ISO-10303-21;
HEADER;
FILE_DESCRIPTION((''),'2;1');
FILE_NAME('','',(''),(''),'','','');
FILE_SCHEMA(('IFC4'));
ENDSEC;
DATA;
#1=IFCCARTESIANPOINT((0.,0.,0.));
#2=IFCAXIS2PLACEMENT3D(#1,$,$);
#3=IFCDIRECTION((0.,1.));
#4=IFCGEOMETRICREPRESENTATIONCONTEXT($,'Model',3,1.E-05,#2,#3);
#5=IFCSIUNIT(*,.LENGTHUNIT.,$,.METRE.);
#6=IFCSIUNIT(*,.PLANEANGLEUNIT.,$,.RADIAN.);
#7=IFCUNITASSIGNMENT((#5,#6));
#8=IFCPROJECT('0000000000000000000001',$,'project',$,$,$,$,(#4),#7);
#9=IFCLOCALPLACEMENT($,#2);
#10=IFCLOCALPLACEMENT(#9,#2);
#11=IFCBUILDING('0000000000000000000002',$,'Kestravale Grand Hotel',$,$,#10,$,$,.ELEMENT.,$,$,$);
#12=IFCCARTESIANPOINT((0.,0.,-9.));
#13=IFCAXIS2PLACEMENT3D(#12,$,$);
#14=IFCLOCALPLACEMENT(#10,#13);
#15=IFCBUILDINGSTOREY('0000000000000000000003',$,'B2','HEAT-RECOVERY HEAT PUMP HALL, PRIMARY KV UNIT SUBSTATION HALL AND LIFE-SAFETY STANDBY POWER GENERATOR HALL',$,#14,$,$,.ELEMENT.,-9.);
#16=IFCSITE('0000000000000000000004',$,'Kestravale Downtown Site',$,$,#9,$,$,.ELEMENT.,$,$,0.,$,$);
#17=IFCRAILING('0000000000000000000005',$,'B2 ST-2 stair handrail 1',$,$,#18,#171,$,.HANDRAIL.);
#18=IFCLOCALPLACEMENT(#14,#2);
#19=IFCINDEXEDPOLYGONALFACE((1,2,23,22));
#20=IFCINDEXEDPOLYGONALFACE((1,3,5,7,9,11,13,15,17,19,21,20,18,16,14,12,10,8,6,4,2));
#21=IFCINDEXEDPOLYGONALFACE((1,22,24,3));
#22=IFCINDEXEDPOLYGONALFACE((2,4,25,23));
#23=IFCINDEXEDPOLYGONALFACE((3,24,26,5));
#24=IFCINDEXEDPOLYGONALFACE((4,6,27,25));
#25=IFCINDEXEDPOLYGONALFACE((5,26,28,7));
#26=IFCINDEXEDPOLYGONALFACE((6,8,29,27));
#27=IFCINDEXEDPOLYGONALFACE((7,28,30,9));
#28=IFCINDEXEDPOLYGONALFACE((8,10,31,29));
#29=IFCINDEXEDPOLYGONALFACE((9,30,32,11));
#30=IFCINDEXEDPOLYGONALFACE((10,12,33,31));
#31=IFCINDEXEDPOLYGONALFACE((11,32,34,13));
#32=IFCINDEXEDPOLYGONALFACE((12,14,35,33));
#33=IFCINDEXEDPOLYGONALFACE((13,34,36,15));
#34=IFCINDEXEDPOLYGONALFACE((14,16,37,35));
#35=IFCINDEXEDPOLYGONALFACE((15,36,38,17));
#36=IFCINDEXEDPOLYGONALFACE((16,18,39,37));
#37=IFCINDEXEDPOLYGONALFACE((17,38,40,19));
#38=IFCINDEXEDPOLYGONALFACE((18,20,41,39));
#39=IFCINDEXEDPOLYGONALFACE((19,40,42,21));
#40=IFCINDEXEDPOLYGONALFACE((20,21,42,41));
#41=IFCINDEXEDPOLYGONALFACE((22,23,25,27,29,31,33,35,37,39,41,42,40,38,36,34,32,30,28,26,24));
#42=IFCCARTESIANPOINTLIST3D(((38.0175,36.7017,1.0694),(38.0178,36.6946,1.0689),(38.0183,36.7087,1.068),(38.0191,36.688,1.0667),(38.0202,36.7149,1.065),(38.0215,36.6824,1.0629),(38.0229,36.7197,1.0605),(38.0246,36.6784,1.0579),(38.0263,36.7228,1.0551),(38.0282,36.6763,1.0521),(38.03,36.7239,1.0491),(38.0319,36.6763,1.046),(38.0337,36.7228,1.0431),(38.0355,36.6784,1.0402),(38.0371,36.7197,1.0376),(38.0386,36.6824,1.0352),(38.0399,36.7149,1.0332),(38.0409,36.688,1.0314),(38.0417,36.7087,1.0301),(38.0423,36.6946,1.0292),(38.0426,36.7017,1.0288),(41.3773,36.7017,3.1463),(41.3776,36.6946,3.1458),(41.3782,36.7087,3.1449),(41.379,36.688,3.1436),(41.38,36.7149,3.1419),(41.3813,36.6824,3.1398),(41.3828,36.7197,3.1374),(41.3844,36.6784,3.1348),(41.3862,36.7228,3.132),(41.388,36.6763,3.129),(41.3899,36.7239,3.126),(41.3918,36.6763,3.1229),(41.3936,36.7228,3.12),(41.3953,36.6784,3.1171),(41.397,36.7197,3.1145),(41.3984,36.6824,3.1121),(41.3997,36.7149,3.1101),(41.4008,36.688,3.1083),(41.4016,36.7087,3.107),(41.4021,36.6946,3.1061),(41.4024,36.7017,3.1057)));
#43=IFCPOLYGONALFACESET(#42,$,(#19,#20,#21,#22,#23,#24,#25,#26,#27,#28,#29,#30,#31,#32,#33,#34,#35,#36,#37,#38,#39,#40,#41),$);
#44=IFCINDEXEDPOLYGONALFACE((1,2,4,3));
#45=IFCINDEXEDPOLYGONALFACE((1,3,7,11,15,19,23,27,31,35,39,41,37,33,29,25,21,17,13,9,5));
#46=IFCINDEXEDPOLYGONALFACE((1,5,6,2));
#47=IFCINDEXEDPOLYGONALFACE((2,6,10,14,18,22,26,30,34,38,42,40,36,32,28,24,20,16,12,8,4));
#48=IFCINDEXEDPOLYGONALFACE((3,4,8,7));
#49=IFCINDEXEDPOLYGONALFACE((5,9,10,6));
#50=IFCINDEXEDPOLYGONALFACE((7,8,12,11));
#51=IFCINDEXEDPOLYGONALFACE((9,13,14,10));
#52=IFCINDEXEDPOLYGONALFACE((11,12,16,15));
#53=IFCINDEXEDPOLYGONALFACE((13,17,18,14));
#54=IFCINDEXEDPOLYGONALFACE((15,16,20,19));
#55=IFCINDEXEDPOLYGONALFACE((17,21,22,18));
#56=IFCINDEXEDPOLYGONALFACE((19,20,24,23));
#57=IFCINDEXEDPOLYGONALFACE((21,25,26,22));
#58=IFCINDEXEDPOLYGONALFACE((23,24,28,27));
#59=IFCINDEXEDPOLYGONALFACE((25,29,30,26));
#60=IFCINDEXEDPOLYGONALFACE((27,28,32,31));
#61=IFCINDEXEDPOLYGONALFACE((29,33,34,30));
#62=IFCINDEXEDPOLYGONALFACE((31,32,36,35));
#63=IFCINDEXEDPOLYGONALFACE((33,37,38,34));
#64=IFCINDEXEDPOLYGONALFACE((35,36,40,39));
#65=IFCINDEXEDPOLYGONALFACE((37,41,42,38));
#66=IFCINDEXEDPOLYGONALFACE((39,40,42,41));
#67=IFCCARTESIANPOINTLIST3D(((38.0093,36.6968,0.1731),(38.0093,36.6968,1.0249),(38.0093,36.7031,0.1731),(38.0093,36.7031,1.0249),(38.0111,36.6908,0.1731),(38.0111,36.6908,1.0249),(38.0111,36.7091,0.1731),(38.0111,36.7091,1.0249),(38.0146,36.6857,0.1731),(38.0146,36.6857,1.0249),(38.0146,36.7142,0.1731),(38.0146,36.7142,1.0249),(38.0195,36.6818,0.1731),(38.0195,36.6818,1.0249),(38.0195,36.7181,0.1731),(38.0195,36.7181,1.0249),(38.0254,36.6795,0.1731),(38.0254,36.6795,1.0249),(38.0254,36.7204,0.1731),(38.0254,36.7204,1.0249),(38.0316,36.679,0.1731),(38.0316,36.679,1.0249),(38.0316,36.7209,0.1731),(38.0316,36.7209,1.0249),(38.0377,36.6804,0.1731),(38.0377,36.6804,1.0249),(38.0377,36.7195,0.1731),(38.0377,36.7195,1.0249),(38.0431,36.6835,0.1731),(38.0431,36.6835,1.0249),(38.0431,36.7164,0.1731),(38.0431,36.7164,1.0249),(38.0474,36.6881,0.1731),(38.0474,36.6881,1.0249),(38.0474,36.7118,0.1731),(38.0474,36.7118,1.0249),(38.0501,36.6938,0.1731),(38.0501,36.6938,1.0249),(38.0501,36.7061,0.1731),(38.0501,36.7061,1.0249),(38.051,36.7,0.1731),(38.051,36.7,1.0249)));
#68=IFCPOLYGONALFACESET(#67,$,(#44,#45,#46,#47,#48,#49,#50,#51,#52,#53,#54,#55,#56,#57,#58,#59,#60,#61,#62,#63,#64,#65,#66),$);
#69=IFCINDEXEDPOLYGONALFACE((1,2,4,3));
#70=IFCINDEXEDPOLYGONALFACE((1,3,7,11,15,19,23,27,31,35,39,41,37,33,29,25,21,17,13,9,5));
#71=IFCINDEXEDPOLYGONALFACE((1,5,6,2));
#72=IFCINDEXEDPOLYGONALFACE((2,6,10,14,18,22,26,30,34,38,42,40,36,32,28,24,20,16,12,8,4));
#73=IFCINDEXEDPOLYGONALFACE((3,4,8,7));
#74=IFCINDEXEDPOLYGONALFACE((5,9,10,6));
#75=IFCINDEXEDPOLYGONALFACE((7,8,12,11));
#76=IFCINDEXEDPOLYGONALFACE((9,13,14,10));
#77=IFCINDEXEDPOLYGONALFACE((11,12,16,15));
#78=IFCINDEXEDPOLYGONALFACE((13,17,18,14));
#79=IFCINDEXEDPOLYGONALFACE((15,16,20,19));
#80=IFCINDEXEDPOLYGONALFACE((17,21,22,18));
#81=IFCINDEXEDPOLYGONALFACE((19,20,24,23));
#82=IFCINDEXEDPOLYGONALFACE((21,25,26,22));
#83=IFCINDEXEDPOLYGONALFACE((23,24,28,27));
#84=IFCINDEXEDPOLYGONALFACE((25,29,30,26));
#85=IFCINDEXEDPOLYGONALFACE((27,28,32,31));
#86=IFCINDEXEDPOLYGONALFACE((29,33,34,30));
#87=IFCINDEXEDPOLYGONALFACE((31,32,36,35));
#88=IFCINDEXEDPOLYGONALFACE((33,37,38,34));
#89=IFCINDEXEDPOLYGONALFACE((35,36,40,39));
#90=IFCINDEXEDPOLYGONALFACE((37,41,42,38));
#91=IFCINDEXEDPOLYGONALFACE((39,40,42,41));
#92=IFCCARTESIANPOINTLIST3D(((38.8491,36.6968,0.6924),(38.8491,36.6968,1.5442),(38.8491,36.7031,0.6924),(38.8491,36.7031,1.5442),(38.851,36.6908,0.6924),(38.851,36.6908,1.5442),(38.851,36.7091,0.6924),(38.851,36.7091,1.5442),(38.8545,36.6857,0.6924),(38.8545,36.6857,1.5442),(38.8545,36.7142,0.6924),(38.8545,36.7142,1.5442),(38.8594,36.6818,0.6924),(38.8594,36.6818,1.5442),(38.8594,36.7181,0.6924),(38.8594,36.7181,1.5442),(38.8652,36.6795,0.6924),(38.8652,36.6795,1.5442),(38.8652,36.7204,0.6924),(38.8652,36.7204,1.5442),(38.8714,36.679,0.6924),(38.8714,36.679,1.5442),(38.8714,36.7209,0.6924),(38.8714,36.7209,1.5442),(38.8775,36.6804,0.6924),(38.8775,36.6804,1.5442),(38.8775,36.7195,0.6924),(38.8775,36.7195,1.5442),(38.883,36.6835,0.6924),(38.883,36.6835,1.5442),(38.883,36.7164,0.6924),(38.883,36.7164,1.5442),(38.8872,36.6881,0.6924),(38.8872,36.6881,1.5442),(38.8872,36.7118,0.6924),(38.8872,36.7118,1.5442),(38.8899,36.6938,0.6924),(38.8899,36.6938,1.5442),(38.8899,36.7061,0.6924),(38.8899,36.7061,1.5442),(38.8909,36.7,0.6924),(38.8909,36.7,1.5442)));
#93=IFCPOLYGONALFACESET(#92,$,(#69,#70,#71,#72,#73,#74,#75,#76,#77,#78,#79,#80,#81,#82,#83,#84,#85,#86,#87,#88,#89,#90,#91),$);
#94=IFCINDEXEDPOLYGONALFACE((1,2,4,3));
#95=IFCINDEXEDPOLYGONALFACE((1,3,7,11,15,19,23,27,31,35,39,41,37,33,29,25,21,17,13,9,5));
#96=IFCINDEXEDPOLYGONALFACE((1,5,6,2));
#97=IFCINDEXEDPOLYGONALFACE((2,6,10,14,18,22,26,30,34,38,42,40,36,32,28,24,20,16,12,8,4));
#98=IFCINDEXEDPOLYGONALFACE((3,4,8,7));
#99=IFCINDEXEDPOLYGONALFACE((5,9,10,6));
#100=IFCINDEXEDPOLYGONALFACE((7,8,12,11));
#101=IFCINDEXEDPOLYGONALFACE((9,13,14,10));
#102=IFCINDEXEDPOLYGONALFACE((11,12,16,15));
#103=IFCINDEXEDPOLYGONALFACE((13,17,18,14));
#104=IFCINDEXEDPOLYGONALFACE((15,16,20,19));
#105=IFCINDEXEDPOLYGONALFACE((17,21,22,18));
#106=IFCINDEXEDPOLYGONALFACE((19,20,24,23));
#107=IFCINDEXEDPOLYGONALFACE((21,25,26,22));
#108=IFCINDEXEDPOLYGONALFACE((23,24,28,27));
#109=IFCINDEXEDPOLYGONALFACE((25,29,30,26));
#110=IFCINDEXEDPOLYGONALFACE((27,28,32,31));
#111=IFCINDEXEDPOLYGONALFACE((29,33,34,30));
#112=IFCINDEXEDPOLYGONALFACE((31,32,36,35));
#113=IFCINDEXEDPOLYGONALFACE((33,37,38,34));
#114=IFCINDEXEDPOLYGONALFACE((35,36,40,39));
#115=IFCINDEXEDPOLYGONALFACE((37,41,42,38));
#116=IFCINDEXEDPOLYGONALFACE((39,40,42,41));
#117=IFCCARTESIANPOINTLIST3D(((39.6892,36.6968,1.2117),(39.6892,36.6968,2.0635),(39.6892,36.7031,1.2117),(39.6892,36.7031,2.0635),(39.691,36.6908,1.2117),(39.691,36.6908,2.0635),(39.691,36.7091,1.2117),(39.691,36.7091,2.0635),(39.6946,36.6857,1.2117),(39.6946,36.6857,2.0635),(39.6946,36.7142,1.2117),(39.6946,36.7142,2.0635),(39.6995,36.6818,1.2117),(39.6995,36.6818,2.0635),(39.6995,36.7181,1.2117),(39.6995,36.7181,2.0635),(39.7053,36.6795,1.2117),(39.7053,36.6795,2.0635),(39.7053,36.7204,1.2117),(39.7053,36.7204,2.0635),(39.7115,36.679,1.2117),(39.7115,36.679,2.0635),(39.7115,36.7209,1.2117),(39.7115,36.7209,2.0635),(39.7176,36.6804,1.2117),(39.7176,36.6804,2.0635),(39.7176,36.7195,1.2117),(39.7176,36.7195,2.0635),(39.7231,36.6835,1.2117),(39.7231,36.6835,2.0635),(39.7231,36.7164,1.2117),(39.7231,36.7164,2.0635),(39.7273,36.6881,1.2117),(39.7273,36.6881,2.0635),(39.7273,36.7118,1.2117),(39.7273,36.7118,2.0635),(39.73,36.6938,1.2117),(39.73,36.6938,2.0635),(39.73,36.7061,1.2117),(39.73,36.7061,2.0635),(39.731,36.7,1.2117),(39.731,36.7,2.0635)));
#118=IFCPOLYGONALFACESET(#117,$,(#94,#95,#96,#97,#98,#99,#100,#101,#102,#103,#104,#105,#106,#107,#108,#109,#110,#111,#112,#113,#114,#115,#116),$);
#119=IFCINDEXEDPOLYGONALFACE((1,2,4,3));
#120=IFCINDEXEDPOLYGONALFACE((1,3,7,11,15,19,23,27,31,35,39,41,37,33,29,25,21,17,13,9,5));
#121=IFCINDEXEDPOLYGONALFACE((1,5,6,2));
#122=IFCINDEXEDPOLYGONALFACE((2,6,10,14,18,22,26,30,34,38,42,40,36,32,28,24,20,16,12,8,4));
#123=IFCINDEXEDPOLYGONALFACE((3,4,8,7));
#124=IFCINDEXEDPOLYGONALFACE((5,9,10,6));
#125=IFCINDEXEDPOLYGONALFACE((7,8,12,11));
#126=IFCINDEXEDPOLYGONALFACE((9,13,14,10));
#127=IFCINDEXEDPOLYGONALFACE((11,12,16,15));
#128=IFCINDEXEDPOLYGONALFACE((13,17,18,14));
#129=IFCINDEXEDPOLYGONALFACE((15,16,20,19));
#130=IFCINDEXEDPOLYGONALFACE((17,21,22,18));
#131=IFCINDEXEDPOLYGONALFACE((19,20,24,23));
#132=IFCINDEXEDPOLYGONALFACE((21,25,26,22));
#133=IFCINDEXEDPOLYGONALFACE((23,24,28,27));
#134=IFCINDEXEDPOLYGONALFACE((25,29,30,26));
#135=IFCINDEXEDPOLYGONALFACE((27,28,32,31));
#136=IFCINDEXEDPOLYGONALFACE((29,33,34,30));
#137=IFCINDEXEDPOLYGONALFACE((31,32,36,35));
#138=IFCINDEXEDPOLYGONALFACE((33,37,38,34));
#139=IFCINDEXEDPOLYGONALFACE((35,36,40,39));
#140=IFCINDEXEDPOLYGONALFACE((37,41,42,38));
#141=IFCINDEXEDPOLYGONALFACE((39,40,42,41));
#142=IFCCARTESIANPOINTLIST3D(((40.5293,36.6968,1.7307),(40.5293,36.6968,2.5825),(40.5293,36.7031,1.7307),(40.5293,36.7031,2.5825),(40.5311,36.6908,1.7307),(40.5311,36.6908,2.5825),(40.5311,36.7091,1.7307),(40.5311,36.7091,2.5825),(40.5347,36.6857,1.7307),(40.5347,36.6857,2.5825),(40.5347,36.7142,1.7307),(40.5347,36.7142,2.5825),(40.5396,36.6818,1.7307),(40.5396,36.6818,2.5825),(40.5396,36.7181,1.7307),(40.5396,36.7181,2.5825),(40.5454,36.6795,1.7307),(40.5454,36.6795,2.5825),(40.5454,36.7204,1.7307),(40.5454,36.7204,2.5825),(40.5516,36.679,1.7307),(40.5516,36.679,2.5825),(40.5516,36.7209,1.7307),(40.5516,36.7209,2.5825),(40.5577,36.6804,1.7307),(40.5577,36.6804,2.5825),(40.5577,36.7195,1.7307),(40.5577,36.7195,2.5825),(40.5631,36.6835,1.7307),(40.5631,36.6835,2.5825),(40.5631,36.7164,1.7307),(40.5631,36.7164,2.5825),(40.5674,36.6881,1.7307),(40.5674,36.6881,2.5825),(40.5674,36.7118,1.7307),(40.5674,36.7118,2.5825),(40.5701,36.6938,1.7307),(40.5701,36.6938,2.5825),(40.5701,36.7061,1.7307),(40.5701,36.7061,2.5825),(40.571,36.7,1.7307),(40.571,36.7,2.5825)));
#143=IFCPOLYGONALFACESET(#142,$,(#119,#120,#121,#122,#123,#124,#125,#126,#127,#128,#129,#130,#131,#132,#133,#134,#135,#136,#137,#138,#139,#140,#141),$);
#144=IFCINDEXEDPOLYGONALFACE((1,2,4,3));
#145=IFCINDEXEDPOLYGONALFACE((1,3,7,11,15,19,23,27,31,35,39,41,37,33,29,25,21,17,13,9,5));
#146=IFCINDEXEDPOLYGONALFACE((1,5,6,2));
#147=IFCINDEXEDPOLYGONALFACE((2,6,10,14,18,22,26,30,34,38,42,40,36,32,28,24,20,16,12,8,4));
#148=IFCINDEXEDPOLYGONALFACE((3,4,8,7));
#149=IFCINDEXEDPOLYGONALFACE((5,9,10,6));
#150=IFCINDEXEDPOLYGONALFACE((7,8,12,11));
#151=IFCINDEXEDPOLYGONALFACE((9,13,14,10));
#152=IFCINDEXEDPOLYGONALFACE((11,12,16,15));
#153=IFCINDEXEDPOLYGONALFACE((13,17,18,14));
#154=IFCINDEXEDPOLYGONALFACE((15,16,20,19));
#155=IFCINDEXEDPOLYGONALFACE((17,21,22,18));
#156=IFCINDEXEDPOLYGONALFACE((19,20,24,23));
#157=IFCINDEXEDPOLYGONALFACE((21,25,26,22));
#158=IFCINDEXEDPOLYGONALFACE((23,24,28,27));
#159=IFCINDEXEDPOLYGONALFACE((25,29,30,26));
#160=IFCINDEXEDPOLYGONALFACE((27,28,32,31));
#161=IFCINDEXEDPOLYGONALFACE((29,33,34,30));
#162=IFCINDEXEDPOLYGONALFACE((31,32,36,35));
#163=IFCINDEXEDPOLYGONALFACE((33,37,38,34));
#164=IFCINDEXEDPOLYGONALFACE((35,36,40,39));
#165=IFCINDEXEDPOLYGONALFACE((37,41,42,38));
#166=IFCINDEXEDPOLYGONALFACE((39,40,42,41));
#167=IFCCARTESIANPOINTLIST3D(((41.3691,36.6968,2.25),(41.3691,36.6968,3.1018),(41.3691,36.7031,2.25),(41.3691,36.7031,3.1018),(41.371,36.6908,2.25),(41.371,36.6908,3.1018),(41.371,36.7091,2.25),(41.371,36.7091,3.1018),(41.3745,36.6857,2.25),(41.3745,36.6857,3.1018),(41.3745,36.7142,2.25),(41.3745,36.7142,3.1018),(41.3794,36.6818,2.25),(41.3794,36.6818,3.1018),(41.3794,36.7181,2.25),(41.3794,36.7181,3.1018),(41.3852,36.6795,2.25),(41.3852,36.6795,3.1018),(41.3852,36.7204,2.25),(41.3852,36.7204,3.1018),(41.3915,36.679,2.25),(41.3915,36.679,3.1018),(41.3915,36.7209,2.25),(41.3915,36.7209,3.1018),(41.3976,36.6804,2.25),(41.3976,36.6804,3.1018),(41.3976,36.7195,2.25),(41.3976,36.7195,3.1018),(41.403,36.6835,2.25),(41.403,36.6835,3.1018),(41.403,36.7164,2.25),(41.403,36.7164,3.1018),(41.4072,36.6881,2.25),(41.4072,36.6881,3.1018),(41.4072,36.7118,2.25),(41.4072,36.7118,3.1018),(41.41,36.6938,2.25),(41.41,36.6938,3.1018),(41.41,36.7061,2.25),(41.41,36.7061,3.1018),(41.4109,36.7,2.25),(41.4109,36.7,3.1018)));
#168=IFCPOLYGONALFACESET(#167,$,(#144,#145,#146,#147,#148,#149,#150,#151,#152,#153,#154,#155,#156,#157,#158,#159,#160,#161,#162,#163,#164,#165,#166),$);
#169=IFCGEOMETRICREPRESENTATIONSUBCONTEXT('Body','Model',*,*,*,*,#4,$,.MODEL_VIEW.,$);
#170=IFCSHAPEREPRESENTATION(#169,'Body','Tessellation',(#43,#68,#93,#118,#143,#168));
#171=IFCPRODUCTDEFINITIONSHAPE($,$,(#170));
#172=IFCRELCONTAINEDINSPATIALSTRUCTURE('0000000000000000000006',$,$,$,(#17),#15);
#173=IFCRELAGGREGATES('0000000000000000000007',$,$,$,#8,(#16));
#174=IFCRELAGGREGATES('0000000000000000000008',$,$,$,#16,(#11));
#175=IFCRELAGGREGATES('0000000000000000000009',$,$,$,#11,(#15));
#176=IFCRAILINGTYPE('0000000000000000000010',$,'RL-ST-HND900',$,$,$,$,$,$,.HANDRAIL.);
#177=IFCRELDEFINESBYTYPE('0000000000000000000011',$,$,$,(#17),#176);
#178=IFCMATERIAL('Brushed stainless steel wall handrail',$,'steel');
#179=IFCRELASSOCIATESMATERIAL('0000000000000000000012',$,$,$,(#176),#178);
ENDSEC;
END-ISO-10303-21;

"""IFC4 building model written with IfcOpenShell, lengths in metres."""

from ifc_helpers import new_model, si_unit, direction, frame, origin, origin_2d, place, context, subcontext, project, spatial, circle, extrude, material, type_object, element, save


model = new_model("IFC4")

# Units and contexts
model_context = context("Model", 3, precision=1e-05, world=origin(), true_north=direction((0.0, 1.0)))
body_context = subcontext(model_context, "Body", "Model", "MODEL_VIEW")
ifc_project = project(units=[si_unit("LENGTHUNIT", "METRE"), si_unit("PLANEANGLEUNIT", "RADIAN")], contexts=[model_context])

# Site, building, storey
site_placement = place(None, origin())
site = spatial("IfcSite", under=ifc_project, at=site_placement, Name="Kestravale Downtown Site", CompositionType="ELEMENT", RefElevation=0.0)
building_placement = place(site_placement, origin())
building = spatial("IfcBuilding", under=site, at=building_placement, Name="Kestravale Grand Hotel", CompositionType="ELEMENT")
storey_placement = place(building_placement, frame((0.0, 0.0, -9.0)))
storey = spatial("IfcBuildingStorey", under=building, at=storey_placement, Name="B2", Description="HEAT-RECOVERY HEAT PUMP HALL, PRIMARY KV UNIT SUBSTATION HALL AND LIFE-SAFETY STANDBY POWER GENERATOR HALL", CompositionType="ELEMENT", Elevation=-9.0)

# Railing
ifc_material_1 = material(Name="Brushed stainless steel wall handrail", Category="steel")
railing_type_1 = type_object("IfcRailingType", Name="RL-ST-HND900", PredefinedType="HANDRAIL", material=ifc_material_1)
railing_1_placement = place(storey_placement, frame((38.03, 36.7, 0.1731)))
element("IfcRailing", 1, at=railing_1_placement, inside=storey, type_object=railing_type_1, Name="B2 ST-2 stair handrail 1", PredefinedType="HANDRAIL", context=body_context, shape_type="SweptSolid", body=[
    extrude(circle(Radius=0.0239, at=origin_2d()), frame((0.0, 0.0, 0.876), z_axis=(0.850606, 0.0, 0.525803), x_axis=(0.0, 1.0, 0.0)), (0.0, 0.0, 1.0), 3.95),
    extrude(circle(Radius=0.021, at=origin_2d()), origin(), (0.0, 0.0, 1.0), 0.8518),
    extrude(circle(Radius=0.021, at=origin_2d()), frame((0.8398, 0.0, 0.5193)), (0.0, 0.0, 1.0), 0.8518),
    extrude(circle(Radius=0.021, at=origin_2d()), frame((1.6799, 0.0, 1.0386)), (0.0, 0.0, 1.0), 0.8518),
    extrude(circle(Radius=0.021, at=origin_2d()), frame((2.52, 0.0, 1.5576)), (0.0, 0.0, 1.0), 0.8518),
    extrude(circle(Radius=0.021, at=origin_2d()), frame((3.3599, 0.0, 2.0769)), (0.0, 0.0, 1.0), 0.8518),
])

save(model, "model.ifc")
